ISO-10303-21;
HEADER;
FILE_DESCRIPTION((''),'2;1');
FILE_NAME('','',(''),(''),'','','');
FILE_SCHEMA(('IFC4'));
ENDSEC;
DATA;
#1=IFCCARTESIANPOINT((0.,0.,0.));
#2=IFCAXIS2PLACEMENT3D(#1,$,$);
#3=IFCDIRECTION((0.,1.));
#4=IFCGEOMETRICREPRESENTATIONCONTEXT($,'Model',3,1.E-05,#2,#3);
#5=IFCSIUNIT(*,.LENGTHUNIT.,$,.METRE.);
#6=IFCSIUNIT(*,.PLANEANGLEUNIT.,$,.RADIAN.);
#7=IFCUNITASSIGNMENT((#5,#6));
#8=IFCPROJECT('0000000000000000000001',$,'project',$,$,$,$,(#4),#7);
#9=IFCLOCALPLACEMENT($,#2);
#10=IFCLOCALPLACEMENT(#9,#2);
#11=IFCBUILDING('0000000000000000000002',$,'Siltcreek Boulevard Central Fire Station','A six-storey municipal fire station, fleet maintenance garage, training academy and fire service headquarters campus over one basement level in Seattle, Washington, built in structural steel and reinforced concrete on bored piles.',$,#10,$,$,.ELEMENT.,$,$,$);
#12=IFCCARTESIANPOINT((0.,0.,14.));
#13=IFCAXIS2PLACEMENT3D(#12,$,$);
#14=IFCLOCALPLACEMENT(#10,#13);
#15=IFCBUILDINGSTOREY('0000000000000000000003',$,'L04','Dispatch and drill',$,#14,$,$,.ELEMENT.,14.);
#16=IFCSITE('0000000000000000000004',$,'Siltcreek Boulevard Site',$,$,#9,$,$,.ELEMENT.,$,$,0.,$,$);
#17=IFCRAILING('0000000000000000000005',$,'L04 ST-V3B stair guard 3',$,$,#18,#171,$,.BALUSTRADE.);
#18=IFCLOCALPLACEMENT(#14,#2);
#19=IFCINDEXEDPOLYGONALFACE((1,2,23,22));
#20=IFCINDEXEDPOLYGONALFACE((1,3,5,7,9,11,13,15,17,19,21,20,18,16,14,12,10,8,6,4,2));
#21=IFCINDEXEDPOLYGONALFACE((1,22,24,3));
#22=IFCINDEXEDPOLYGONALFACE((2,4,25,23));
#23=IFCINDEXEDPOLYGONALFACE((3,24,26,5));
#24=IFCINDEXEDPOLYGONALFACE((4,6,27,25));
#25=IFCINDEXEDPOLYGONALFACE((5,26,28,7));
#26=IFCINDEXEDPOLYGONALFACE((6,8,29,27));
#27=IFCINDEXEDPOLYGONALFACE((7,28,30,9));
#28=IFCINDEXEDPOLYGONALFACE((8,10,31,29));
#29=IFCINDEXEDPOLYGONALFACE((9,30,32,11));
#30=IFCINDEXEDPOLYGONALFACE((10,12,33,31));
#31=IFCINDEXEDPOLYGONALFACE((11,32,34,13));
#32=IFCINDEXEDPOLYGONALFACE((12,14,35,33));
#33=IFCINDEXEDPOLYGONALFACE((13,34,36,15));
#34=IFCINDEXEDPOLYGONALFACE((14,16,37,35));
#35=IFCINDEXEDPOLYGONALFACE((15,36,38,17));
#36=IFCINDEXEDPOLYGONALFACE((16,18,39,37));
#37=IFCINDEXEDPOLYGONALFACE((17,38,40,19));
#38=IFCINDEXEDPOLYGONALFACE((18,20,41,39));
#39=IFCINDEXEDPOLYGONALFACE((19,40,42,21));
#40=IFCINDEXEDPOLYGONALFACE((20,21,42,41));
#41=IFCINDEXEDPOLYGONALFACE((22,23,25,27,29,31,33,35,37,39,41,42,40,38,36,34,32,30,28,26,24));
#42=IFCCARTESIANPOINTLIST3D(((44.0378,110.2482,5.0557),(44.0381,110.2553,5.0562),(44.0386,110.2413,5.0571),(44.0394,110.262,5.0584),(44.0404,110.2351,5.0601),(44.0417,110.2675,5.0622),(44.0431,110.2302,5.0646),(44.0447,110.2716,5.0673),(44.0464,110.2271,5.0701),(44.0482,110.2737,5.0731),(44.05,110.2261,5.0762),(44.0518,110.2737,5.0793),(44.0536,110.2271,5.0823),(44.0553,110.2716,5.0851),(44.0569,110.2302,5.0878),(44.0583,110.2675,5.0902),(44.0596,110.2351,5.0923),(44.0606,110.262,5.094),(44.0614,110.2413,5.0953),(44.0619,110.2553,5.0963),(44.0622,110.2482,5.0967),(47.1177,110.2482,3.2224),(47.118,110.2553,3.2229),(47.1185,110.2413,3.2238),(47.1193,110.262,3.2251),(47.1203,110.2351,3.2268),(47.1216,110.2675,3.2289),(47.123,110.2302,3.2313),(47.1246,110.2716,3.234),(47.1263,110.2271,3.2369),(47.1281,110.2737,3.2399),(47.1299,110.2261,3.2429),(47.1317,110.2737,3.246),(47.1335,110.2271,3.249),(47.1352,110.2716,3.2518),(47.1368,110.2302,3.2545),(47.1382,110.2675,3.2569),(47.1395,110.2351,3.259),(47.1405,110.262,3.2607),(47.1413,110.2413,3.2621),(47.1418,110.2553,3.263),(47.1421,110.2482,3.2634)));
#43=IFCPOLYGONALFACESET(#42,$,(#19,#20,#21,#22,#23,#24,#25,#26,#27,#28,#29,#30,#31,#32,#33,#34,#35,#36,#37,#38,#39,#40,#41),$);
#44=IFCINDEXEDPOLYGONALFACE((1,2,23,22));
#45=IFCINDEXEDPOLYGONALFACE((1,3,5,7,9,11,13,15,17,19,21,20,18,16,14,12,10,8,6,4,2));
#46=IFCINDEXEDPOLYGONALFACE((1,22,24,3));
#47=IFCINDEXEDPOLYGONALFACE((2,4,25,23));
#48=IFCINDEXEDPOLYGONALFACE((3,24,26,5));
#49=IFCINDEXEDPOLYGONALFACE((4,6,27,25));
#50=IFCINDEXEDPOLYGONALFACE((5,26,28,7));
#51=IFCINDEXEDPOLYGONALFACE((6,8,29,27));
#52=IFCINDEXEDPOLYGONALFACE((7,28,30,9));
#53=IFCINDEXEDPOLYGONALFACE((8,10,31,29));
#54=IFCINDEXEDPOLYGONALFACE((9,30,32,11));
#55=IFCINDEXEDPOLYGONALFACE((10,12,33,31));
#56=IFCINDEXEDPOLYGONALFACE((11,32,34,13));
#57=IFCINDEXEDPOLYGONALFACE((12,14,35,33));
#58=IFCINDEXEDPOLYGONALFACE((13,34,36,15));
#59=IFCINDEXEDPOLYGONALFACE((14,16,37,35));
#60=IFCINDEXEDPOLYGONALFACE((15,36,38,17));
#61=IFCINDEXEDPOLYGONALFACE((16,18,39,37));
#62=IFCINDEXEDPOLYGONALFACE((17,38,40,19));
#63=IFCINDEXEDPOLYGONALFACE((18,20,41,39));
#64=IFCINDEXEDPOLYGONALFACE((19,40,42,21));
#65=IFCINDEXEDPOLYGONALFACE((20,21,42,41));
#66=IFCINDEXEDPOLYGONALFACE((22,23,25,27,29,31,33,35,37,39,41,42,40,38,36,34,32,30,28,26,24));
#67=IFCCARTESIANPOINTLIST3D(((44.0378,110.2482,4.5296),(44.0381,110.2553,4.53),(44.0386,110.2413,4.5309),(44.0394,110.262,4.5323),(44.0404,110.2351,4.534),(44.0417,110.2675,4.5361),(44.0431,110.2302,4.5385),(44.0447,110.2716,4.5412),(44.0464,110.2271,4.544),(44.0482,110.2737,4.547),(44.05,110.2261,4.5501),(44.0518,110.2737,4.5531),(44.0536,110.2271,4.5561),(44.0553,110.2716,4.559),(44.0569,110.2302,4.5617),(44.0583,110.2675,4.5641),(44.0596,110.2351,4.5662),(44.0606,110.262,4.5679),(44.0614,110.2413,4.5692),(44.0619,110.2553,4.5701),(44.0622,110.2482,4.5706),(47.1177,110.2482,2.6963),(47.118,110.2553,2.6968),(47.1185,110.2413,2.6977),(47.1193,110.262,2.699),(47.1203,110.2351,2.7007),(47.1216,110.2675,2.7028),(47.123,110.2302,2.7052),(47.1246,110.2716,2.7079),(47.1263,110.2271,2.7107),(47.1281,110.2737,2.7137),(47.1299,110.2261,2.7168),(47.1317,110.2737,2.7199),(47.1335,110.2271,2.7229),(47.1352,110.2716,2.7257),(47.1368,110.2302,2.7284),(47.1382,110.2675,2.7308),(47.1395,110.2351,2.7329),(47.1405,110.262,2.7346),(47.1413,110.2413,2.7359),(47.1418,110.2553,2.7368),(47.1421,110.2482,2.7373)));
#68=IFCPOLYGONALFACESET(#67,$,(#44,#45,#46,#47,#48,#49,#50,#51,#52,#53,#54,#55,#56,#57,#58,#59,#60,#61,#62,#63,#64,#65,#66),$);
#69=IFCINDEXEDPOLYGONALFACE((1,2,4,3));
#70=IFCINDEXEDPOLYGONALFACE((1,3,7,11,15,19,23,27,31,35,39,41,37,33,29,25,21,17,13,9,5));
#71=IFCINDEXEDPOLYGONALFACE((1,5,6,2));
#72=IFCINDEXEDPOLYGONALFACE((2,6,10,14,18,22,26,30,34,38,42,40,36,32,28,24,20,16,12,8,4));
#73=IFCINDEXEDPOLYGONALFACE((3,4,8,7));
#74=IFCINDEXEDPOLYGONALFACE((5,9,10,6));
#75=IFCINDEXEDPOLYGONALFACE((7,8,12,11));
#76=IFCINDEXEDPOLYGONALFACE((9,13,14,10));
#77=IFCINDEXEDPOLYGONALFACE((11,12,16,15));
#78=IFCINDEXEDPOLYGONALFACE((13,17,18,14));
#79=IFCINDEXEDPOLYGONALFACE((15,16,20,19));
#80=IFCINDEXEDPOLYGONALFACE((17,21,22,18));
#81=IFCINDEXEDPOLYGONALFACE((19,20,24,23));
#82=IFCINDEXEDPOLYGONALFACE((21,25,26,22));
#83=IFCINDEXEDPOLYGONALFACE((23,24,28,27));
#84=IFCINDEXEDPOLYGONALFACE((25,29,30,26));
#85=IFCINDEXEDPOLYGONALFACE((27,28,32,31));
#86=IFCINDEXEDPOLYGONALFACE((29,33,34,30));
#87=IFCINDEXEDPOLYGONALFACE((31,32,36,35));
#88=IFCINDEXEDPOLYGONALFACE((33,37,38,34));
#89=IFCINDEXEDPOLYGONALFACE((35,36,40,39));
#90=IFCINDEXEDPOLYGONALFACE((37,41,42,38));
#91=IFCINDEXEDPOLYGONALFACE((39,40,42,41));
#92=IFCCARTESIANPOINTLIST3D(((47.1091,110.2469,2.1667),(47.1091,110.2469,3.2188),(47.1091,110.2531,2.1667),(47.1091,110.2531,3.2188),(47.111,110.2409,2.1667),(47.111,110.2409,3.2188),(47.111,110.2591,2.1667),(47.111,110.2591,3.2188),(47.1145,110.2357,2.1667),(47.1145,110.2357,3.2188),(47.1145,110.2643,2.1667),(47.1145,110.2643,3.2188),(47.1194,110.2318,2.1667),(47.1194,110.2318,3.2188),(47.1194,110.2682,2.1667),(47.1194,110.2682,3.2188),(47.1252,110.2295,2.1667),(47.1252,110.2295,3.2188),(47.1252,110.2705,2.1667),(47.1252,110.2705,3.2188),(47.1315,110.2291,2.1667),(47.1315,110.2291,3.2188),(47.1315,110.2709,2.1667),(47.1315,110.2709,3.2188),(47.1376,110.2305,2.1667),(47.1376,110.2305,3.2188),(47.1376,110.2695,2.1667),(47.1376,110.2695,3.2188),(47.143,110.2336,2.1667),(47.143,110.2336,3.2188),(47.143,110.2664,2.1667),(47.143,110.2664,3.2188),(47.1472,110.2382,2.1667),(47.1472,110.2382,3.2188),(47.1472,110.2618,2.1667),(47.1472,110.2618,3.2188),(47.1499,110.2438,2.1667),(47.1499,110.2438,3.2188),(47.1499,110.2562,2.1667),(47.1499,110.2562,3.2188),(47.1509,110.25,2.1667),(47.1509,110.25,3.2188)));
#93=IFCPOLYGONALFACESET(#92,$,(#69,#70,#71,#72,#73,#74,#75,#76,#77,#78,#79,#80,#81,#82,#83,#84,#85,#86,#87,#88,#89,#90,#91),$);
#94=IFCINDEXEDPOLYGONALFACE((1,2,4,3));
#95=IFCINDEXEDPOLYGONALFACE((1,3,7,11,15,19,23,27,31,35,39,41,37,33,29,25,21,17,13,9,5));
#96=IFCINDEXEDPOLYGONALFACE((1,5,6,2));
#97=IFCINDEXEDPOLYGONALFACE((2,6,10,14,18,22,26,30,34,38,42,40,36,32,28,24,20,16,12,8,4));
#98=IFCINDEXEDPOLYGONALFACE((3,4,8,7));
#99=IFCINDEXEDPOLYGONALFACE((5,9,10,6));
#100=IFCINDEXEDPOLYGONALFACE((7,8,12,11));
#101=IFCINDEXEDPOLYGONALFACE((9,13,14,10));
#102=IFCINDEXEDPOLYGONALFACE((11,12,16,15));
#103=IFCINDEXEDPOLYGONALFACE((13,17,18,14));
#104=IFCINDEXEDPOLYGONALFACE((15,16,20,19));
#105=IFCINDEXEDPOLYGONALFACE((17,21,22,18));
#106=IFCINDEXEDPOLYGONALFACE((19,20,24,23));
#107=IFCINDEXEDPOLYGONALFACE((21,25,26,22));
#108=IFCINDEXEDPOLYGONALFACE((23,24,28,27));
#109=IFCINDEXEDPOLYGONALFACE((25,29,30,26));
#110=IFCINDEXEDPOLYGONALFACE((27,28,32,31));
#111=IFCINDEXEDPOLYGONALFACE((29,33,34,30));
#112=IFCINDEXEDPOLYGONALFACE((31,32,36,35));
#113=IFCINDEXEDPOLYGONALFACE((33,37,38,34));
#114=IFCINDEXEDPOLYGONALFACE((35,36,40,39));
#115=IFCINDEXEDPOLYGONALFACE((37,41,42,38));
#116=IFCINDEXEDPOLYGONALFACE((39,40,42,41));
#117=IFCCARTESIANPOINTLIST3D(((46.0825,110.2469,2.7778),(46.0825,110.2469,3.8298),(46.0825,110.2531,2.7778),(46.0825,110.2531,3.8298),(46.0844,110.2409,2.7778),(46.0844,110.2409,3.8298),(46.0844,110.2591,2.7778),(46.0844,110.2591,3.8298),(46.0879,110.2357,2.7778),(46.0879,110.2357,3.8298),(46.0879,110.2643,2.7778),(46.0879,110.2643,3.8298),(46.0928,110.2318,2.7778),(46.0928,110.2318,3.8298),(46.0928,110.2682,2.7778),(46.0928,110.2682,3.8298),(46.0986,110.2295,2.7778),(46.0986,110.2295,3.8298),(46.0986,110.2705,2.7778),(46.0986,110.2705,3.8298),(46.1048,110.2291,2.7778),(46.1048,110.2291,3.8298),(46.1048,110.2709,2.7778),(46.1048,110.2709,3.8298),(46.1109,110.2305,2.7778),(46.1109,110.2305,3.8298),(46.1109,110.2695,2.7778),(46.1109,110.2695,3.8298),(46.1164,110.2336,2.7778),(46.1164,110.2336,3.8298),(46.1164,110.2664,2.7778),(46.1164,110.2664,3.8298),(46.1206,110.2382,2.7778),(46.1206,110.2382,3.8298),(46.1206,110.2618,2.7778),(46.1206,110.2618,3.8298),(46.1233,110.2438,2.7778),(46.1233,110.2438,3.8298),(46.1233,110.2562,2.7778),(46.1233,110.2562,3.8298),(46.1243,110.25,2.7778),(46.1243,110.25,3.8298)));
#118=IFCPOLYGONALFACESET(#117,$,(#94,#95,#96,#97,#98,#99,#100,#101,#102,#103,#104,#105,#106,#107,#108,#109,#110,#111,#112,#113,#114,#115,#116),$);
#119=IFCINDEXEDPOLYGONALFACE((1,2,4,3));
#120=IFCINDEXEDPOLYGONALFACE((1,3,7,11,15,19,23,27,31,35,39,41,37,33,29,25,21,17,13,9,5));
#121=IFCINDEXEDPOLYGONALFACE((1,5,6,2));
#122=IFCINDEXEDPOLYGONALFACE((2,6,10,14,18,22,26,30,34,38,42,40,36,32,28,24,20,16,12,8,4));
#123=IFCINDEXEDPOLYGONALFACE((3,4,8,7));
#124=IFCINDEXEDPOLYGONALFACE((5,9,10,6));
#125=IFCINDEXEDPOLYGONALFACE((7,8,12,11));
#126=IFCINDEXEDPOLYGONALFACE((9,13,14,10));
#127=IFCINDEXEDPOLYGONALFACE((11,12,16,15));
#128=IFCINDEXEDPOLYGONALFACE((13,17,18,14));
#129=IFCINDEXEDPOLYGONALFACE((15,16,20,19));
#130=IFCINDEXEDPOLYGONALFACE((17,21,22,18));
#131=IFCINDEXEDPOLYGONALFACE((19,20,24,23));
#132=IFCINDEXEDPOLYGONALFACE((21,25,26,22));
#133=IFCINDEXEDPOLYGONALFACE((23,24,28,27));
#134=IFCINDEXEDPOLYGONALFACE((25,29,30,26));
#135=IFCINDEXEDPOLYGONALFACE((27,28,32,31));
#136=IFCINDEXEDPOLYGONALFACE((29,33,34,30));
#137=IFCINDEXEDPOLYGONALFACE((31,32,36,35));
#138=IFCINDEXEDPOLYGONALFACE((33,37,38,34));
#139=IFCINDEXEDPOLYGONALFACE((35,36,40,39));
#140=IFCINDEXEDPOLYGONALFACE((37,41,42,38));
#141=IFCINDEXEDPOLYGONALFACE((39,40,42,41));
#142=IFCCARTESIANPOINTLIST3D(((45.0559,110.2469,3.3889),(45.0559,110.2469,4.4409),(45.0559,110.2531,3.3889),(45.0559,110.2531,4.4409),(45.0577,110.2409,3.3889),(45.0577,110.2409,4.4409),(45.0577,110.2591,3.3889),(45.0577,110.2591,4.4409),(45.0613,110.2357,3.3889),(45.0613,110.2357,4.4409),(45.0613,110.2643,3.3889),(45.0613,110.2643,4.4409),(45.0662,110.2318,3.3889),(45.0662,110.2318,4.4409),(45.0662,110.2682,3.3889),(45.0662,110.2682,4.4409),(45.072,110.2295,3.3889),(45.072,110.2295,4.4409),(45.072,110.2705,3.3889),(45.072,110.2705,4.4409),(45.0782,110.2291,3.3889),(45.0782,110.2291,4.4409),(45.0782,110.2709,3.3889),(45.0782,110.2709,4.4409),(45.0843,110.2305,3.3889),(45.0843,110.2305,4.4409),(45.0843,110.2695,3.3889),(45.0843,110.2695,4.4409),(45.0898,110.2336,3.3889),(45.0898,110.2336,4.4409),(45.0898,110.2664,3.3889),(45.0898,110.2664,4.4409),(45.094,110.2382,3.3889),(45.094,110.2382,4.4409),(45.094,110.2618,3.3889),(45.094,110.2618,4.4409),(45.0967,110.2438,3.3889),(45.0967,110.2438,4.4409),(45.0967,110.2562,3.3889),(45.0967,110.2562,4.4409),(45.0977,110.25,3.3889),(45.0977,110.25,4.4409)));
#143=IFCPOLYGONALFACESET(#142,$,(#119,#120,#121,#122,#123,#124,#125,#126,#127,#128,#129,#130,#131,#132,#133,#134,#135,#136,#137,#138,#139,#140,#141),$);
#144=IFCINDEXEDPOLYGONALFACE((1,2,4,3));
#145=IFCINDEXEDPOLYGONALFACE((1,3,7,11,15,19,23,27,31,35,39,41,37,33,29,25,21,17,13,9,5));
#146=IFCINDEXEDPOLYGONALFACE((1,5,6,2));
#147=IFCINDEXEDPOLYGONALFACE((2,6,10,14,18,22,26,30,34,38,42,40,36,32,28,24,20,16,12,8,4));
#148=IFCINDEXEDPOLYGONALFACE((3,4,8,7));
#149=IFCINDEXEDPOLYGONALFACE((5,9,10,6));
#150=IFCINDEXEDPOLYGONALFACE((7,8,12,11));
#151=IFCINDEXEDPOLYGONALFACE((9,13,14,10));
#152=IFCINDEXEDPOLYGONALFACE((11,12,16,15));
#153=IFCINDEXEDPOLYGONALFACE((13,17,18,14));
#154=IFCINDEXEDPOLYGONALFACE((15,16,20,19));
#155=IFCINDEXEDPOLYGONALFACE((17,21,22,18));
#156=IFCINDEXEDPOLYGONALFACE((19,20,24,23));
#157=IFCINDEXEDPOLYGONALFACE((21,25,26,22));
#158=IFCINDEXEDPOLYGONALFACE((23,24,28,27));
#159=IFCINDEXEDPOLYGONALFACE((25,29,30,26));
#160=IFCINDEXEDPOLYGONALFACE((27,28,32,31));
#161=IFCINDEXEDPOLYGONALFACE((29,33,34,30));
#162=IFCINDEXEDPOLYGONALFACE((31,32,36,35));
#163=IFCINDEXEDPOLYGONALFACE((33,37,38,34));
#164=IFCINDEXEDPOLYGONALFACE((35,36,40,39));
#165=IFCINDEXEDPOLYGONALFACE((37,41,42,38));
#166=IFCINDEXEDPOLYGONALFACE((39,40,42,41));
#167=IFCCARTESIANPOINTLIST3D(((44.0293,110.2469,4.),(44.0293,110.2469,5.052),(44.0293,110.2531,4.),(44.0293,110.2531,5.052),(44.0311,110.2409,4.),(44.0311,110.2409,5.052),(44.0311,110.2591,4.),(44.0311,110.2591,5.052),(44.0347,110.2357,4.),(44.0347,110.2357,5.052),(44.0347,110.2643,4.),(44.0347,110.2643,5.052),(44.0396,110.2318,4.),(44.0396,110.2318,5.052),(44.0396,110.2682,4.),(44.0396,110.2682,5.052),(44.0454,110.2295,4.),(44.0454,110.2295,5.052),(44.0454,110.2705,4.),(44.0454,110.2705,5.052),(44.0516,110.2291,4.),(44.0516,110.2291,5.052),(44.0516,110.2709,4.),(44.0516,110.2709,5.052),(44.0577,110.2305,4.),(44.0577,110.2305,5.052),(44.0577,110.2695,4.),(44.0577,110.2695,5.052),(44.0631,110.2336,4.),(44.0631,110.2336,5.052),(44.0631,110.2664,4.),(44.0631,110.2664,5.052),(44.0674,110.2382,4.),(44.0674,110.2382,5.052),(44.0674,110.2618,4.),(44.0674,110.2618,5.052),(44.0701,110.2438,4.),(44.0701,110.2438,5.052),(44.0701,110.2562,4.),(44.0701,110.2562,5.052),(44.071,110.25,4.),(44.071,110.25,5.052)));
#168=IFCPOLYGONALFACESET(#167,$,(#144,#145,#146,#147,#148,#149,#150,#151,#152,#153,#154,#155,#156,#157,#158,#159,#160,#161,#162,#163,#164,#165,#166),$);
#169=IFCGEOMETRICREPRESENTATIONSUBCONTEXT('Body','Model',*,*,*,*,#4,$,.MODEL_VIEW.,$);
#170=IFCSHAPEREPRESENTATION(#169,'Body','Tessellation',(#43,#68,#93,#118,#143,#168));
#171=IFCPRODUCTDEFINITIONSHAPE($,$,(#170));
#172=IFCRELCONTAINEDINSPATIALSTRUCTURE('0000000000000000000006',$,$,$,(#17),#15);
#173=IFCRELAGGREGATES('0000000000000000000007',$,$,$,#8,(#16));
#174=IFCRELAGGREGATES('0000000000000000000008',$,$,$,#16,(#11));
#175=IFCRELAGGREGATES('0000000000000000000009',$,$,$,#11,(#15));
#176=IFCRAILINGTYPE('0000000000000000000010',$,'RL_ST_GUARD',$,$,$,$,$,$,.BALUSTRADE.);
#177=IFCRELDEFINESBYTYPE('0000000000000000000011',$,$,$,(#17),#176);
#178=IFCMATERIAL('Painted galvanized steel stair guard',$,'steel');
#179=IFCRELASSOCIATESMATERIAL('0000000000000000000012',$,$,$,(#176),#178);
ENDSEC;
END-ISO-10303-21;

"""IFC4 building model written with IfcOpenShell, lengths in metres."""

from ifc_helpers import new_model, si_unit, direction, frame, origin, origin_2d, place, context, subcontext, project, spatial, circle, extrude, material, type_object, element, save


model = new_model("IFC4")

# Units and contexts
model_context = context("Model", 3, precision=1e-05, world=origin(), true_north=direction((0.0, 1.0)))
body_context = subcontext(model_context, "Body", "Model", "MODEL_VIEW")
ifc_project = project(units=[si_unit("LENGTHUNIT", "METRE"), si_unit("PLANEANGLEUNIT", "RADIAN")], contexts=[model_context])

# Site, building, storey
site_placement = place(None, origin())
site = spatial("IfcSite", under=ifc_project, at=site_placement, Name="Siltcreek Boulevard Site", CompositionType="ELEMENT", RefElevation=0.0)
building_placement = place(site_placement, origin())
building = spatial("IfcBuilding", under=site, at=building_placement, Name="Siltcreek Boulevard Central Fire Station", Description="A six-storey municipal fire station, fleet maintenance garage, training academy and fire service headquarters campus over one basement level in Seattle, Washington, built in structural steel and reinforced concrete on bored piles.", CompositionType="ELEMENT")
storey_placement = place(building_placement, frame((0.0, 0.0, 14.0)))
storey = spatial("IfcBuildingStorey", under=building, at=storey_placement, Name="L04", Description="Dispatch and drill", CompositionType="ELEMENT", Elevation=14.0)

# Railing
ifc_material_1 = material(Name="Painted galvanized steel stair guard", Category="steel")
railing_type_1 = type_object("IfcRailingType", Name="RL_ST_GUARD", PredefinedType="BALUSTRADE", material=ifc_material_1)
railing_1_placement = place(storey_placement, frame((47.1299, 110.25, 2.1667)))
element("IfcRailing", 1, at=railing_1_placement, inside=storey, type_object=railing_type_1, Name="L04 ST-V3B stair guard 3", PredefinedType="BALUSTRADE", context=body_context, shape_type="SweptSolid", body=[
    extrude(circle(Radius=0.0239, at=origin_2d()), frame((0.0, 0.0, 1.0762), z_axis=(-0.859291, 0.0, 0.511487), x_axis=(0.0, -1.0, 0.0)), (0.0, 0.0, 1.0), 3.5842),
    extrude(circle(Radius=0.0239, at=origin_2d()), frame((0.0, 0.0, 0.55), z_axis=(-0.859291, 0.0, 0.511487), x_axis=(0.0, -1.0, 0.0)), (0.0, 0.0, 1.0), 3.5842),
    extrude(circle(Radius=0.021, at=origin_2d()), origin(), (0.0, 0.0, 1.0), 1.052),
    extrude(circle(Radius=0.021, at=origin_2d()), frame((-1.0266, 0.0, 0.6111)), (0.0, 0.0, 1.0), 1.052),
    extrude(circle(Radius=0.021, at=origin_2d()), frame((-2.0532, 0.0, 1.2222)), (0.0, 0.0, 1.0), 1.052),
    extrude(circle(Radius=0.021, at=origin_2d()), frame((-3.0798, 0.0, 1.8333)), (0.0, 0.0, 1.0), 1.052),
])

save(model, "model.ifc")
